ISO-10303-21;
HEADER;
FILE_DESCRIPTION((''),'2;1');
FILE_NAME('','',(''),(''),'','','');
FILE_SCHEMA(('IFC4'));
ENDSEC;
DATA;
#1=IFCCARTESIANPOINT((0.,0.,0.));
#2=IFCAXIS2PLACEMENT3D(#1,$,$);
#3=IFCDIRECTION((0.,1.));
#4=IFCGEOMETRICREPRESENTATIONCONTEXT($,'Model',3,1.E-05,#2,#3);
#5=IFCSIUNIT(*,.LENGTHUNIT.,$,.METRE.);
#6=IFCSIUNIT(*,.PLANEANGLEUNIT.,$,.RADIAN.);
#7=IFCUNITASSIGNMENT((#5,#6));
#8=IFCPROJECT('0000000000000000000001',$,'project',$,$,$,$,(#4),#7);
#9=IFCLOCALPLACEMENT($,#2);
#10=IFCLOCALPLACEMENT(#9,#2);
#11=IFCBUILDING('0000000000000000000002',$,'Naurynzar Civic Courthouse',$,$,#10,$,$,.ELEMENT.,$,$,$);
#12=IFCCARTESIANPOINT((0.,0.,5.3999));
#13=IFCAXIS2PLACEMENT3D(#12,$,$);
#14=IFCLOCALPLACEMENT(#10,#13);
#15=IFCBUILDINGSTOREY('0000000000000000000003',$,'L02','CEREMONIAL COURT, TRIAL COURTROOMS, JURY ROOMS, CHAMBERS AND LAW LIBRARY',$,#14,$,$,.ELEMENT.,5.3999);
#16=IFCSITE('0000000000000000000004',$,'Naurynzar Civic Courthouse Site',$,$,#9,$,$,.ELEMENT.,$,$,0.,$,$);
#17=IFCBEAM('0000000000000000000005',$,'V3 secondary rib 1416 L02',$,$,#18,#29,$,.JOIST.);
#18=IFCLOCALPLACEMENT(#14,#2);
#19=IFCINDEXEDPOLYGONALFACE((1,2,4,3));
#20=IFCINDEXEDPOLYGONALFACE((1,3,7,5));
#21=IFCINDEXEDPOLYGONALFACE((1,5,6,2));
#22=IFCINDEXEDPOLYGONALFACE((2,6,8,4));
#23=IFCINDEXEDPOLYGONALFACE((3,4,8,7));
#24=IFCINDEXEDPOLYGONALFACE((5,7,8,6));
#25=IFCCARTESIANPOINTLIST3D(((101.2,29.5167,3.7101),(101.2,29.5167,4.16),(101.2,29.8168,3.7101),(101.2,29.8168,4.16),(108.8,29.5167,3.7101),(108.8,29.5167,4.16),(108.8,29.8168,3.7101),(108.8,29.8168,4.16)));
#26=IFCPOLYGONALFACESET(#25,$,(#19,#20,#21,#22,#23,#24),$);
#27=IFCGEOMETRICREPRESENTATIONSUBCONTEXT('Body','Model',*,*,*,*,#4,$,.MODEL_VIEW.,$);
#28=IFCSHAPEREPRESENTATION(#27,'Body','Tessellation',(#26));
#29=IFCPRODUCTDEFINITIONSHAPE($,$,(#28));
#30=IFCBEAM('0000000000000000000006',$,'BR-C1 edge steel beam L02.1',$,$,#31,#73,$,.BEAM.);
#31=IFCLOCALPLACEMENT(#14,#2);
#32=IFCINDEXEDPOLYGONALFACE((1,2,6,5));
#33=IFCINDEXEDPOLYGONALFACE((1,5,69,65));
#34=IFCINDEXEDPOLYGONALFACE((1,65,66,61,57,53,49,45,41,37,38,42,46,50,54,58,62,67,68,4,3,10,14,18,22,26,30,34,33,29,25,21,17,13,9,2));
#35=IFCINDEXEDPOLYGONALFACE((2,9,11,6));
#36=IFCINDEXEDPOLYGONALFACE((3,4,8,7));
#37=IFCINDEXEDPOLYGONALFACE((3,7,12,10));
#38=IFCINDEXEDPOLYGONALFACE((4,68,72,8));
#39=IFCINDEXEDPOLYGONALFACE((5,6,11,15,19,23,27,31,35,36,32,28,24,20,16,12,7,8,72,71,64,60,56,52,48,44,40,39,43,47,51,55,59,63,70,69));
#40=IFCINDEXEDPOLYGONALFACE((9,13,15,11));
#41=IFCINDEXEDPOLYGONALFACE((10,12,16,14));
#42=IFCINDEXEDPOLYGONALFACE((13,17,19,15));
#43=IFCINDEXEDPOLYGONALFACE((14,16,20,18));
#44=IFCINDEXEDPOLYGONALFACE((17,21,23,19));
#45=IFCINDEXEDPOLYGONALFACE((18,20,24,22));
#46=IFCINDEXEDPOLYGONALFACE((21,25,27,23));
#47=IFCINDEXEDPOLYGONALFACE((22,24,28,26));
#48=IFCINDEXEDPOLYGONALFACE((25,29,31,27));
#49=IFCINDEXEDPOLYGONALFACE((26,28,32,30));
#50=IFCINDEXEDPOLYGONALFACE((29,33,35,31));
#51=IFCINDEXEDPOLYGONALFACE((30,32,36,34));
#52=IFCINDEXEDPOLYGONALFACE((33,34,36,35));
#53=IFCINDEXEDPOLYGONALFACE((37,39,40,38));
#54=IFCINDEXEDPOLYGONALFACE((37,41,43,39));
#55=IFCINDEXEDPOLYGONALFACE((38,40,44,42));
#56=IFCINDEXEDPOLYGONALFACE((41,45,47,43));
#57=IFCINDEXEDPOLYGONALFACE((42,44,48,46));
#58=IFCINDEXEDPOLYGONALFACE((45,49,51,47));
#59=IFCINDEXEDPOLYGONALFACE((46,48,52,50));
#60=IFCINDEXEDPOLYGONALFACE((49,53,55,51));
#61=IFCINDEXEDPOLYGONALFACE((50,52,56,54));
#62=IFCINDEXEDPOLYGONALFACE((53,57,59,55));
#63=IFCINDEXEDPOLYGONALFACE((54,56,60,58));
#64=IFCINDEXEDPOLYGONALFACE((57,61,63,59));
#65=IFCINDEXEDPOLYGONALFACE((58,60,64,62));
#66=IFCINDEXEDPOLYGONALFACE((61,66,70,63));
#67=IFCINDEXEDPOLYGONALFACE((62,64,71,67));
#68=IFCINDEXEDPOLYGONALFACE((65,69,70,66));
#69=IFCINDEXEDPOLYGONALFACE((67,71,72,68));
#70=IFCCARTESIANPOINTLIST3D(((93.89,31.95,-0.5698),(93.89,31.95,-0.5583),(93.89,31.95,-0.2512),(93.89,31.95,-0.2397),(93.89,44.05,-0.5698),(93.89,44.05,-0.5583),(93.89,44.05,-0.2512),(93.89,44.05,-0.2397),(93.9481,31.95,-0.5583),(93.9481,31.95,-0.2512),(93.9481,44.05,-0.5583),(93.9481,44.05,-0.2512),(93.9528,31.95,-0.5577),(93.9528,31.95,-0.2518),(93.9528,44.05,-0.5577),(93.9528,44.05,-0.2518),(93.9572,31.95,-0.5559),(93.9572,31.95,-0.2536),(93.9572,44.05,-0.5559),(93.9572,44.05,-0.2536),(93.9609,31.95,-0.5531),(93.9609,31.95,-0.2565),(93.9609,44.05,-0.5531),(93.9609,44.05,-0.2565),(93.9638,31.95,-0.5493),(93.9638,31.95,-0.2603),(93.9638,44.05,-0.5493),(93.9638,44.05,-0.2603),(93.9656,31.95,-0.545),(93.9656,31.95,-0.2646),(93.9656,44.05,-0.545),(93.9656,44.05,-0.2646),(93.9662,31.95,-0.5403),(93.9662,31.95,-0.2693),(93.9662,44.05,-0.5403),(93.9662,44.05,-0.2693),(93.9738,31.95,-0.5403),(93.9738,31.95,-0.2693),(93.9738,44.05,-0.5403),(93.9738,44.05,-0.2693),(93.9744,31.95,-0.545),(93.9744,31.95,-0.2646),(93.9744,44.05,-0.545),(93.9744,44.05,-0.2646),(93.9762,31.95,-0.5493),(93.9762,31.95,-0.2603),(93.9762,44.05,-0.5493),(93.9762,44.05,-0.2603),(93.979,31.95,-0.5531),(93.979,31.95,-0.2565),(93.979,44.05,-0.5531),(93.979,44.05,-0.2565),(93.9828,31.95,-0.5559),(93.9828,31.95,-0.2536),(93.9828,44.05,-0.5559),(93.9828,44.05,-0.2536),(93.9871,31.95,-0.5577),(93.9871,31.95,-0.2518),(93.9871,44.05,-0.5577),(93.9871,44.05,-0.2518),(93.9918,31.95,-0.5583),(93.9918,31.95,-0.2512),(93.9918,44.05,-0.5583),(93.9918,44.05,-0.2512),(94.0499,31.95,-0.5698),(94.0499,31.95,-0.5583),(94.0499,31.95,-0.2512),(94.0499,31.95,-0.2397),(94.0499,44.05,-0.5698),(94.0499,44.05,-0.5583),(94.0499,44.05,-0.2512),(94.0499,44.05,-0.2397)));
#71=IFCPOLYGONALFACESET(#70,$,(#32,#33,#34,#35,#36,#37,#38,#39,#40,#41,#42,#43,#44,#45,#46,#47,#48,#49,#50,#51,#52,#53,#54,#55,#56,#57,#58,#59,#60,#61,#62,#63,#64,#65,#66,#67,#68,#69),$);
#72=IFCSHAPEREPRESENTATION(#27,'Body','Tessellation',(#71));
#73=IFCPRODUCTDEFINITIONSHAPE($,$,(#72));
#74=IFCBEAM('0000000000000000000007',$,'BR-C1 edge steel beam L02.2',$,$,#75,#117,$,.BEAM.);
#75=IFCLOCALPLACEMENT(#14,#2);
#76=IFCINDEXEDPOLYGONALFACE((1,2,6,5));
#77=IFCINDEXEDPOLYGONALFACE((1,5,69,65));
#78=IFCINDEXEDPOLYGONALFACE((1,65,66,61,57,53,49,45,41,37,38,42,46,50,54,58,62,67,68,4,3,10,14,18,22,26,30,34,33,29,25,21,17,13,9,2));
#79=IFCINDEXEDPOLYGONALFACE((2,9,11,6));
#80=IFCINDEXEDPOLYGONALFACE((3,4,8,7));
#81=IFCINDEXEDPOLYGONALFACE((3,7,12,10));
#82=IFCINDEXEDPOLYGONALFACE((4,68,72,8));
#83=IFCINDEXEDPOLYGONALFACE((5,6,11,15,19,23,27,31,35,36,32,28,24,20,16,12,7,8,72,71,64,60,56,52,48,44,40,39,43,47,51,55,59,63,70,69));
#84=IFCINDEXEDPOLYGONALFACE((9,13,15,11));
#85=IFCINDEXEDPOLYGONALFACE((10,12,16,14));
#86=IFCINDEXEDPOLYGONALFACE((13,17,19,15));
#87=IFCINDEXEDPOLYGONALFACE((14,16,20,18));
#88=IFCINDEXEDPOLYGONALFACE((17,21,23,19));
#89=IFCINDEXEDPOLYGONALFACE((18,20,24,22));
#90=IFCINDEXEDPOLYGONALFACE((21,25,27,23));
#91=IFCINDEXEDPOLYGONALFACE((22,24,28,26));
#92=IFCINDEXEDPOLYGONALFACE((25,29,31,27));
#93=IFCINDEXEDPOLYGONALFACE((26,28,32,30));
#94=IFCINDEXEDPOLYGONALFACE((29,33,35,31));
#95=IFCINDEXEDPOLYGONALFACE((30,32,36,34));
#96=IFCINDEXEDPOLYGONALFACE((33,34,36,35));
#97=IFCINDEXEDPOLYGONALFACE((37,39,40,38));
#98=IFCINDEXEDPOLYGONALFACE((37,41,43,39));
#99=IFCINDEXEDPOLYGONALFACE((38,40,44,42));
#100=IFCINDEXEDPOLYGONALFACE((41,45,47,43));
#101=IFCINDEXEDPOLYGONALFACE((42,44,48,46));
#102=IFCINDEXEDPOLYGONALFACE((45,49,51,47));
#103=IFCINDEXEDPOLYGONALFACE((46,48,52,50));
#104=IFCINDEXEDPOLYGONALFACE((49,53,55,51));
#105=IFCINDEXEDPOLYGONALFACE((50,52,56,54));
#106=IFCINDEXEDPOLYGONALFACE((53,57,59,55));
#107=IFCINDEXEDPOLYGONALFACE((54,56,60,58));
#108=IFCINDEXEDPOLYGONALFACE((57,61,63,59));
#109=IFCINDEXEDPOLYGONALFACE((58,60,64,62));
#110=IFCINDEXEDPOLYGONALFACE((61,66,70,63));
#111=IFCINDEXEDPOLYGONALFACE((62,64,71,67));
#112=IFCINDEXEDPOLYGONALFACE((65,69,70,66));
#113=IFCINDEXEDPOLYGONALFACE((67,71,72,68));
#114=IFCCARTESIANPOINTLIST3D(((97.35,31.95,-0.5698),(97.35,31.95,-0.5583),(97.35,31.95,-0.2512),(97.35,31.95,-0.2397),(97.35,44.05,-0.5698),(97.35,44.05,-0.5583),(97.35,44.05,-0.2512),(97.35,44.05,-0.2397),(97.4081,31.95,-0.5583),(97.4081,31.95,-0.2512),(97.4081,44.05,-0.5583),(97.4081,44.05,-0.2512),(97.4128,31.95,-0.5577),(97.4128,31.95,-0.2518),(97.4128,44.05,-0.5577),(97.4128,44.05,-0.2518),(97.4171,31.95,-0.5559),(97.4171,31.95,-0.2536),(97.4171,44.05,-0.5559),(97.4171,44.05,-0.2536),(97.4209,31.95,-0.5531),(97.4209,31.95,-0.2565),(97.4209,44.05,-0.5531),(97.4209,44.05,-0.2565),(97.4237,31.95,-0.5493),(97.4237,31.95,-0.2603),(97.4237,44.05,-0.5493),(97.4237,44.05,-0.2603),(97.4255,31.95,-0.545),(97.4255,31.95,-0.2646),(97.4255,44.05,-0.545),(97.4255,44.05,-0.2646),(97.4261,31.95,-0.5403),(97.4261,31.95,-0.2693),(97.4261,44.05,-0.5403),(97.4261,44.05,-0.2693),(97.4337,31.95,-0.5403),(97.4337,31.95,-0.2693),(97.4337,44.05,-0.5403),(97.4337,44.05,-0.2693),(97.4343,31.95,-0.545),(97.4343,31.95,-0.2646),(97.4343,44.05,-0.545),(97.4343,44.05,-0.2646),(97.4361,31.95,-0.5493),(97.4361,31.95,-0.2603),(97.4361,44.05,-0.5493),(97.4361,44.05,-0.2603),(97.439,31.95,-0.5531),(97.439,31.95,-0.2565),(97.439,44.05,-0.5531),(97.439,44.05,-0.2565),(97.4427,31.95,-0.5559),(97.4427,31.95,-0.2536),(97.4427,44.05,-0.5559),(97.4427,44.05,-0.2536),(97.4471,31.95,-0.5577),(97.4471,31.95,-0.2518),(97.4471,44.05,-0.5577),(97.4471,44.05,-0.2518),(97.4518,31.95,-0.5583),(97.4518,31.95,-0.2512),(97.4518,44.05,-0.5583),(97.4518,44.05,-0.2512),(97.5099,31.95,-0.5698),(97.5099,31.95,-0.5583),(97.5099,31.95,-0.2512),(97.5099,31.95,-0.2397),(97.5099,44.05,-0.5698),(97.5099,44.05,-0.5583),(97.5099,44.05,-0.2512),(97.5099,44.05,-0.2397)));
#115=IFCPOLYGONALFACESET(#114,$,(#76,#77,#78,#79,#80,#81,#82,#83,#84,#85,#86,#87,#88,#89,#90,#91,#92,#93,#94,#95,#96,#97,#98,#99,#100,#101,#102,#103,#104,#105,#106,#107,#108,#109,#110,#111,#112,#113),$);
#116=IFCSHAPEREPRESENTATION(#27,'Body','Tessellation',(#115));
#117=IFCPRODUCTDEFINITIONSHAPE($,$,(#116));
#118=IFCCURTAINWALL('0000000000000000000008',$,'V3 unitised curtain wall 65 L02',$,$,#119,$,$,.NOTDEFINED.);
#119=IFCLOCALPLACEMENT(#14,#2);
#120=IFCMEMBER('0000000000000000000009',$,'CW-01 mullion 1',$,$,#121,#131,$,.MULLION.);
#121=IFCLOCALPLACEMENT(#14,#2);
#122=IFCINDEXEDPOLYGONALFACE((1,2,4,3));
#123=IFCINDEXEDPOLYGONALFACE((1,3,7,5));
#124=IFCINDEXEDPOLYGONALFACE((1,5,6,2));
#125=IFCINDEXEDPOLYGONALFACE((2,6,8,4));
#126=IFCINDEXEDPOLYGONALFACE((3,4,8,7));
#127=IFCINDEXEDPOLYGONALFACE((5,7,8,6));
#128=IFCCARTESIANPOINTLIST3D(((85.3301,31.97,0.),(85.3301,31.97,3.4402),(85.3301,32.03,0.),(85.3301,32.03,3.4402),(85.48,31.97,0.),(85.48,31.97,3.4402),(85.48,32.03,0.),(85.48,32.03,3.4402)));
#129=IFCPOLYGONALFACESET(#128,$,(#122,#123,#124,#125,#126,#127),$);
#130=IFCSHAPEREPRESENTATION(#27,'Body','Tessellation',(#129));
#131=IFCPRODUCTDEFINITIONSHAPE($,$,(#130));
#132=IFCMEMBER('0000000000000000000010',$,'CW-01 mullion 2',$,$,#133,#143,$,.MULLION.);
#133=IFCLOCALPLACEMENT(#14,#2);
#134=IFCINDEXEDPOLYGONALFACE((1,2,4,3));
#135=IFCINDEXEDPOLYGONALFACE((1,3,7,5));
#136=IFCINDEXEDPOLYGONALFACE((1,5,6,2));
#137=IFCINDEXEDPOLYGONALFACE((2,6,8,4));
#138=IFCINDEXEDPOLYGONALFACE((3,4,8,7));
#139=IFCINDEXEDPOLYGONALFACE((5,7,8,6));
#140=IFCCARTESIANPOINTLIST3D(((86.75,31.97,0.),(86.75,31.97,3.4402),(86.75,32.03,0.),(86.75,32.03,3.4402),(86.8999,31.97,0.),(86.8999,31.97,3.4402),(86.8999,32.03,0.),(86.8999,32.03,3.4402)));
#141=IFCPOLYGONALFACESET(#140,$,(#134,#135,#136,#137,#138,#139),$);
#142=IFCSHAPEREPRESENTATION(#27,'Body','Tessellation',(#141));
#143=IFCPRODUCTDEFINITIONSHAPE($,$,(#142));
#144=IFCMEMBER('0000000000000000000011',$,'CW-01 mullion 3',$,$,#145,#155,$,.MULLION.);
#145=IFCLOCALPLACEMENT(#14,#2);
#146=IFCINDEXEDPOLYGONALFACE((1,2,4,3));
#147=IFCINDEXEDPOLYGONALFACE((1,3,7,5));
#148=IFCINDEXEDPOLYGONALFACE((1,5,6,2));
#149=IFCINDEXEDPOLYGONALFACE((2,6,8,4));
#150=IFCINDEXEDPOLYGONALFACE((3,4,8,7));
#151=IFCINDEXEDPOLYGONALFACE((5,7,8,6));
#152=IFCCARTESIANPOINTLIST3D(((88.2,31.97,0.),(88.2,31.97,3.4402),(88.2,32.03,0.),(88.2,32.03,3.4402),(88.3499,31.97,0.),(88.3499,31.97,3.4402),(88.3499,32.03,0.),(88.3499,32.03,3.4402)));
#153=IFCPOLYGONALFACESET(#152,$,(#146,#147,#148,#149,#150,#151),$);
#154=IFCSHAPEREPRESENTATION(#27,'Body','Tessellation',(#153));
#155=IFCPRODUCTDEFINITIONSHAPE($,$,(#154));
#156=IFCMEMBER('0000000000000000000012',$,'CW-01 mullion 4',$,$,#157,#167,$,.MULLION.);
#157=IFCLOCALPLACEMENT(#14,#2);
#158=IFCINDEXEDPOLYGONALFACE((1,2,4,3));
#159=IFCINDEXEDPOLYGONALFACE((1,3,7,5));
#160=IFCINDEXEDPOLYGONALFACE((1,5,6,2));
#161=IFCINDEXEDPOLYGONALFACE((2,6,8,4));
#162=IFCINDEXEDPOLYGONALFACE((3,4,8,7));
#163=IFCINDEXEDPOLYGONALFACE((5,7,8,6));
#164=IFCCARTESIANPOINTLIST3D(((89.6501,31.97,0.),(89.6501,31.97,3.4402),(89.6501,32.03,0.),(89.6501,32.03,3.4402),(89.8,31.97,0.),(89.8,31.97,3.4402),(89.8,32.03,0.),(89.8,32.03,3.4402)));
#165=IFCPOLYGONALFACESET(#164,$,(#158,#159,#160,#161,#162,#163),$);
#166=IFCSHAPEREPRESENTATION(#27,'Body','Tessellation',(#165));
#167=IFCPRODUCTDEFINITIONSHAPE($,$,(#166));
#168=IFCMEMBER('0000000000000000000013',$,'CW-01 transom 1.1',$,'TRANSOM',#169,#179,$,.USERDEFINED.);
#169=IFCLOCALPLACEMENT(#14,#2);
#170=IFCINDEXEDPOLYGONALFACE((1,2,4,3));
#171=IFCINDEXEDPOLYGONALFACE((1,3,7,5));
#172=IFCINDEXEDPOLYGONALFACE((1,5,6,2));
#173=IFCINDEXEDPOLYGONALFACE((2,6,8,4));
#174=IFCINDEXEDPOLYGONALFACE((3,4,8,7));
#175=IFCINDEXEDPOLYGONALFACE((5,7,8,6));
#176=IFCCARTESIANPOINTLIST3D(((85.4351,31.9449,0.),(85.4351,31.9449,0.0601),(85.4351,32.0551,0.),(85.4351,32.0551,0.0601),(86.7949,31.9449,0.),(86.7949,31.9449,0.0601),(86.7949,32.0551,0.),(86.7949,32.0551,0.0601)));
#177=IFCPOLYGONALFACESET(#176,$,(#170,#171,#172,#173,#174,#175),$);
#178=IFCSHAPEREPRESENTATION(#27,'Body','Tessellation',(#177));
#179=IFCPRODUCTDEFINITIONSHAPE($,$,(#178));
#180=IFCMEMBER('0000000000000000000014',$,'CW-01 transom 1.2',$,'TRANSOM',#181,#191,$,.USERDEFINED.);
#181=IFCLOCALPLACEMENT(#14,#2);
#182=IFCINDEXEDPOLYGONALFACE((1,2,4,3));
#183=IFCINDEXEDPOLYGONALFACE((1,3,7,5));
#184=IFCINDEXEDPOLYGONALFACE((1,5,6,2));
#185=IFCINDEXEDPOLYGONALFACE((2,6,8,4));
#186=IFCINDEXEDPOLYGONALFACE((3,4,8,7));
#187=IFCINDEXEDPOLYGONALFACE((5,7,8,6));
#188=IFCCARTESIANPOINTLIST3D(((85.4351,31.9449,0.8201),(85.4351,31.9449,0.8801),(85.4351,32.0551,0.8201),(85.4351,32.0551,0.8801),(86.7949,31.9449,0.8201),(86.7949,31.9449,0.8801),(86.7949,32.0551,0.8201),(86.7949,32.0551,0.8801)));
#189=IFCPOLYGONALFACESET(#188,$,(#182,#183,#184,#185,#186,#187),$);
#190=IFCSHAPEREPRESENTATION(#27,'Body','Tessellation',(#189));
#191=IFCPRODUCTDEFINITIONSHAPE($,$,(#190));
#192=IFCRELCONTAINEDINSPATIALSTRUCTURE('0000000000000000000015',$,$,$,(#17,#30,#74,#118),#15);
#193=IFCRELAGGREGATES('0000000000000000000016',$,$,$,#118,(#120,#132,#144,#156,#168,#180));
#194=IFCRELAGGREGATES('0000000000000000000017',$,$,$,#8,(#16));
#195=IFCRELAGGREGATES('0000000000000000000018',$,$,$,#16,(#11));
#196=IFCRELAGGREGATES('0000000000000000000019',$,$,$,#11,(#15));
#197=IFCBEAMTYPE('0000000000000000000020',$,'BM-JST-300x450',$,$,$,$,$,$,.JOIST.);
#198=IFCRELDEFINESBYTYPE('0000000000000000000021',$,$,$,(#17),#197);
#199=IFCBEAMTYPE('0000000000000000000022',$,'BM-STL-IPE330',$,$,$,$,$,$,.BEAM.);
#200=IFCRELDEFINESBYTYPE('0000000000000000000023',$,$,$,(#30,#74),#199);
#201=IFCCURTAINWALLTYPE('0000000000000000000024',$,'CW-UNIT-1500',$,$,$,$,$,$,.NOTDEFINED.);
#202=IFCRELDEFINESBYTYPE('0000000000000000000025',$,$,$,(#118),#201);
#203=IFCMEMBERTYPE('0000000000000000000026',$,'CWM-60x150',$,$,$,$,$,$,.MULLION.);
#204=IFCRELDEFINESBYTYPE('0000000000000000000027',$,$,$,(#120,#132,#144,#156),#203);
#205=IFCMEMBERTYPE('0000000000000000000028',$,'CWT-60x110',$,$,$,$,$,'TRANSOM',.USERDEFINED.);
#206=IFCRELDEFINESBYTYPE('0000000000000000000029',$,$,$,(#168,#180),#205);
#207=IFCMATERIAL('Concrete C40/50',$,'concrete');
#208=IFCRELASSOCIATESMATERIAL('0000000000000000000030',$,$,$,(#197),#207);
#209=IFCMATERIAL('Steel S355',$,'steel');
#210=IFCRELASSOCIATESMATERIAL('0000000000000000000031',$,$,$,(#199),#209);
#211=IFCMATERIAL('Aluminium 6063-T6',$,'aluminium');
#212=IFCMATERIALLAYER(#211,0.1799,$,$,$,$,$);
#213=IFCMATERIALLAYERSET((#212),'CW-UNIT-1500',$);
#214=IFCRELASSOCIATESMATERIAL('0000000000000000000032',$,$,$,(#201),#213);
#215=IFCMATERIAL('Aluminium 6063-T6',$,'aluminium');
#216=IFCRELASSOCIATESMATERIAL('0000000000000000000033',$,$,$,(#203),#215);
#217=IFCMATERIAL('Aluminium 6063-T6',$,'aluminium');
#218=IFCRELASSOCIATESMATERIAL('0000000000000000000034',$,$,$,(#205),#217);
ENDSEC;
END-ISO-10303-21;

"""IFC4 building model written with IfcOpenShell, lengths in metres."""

from ifc_helpers import new_model, si_unit, direction, frame, origin, origin_2d, place, context, subcontext, project, spatial, rectangle, i_section, extrude, material, layer, layer_set, material_profile, profile_set, type_object, element, aggregate, save


model = new_model("IFC4")

# Units and contexts
model_context = context("Model", 3, precision=1e-05, world=origin(), true_north=direction((0.0, 1.0)))
body_context = subcontext(model_context, "Body", "Model", "MODEL_VIEW")
ifc_project = project(units=[si_unit("LENGTHUNIT", "METRE"), si_unit("PLANEANGLEUNIT", "RADIAN")], contexts=[model_context])

# Site, building, storey
site_placement = place(None, origin())
site = spatial("IfcSite", under=ifc_project, at=site_placement, Name="Naurynzar Civic Courthouse Site", CompositionType="ELEMENT", RefElevation=0.0)
building_placement = place(site_placement, origin())
building = spatial("IfcBuilding", under=site, at=building_placement, Name="Naurynzar Civic Courthouse", CompositionType="ELEMENT")
storey_placement = place(building_placement, frame((0.0, 0.0, 5.3999)))
storey = spatial("IfcBuildingStorey", under=building, at=storey_placement, Name="L02", Description="CEREMONIAL COURT, TRIAL COURTROOMS, JURY ROOMS, CHAMBERS AND LAW LIBRARY", CompositionType="ELEMENT", Elevation=5.3999)

# Beams
ifc_material_1 = material(Name="Concrete C40/50", Category="concrete")
ifc_material_profile_1 = material_profile(ifc_material_1, rectangle(XDim=0.3, YDim=0.45, at=origin_2d()), Name="RCJ 300x450")
ifc_profile_set_1 = profile_set([ifc_material_profile_1], Name="Concrete C40/50")
beam_type_1 = type_object("IfcBeamType", Name="BM-JST-300x450", PredefinedType="JOIST", material=ifc_profile_set_1)
beam_placement = place(storey_placement, frame((101.2, 29.6667, 3.9351), z_axis=(1.0, 0.0, 0.0), x_axis=(0.0, 1.0, 0.0)))
element("IfcBeam", 1, at=beam_placement, inside=storey, type_object=beam_type_1, Name="V3 secondary rib 1416 L02", PredefinedType="JOIST", context=body_context, shape_type="SweptSolid", body=[
    extrude(rectangle(XDim=0.3, YDim=0.45, at=origin_2d()), origin(), (0.0, 0.0, 1.0), 7.6001),
])
ifc_material_2 = material(Name="Steel S355", Category="steel")
ifc_material_profile_2 = material_profile(ifc_material_2, i_section(OverallWidth=0.1599, OverallDepth=0.3301, WebThickness=0.0076, FlangeThickness=0.0115, FilletRadius=0.0181, at=origin_2d()), Name="IPE 330")
ifc_profile_set_2 = profile_set([ifc_material_profile_2], Name="Steel S355")
beam_type_2 = type_object("IfcBeamType", Name="BM-STL-IPE330", PredefinedType="BEAM", material=ifc_profile_set_2)
for number, where, z_axis, x_axis, name in (
    (2, (93.97, 31.95, -0.4048), (0.0, 1.0, 0.0), (-1.0, 0.0, 0.0), "BR-C1 edge steel beam L02.1"),
    (3, (97.4299, 31.95, -0.4048), (0.0, 1.0, 0.0), (-1.0, 0.0, 0.0), "BR-C1 edge steel beam L02.2"),
):
    element("IfcBeam", number, at=place(storey_placement, frame(where, z_axis=z_axis, x_axis=x_axis)), inside=storey, type_object=beam_type_2, Name=name, PredefinedType="BEAM", context=body_context, shape_type="SweptSolid", body=[
        extrude(i_section(OverallWidth=0.1599, OverallDepth=0.3301, WebThickness=0.0076, FlangeThickness=0.0115, FilletRadius=0.0181, at=origin_2d()), origin(), (0.0, 0.0, 1.0), 12.1001),
    ])

# Curtain wall, members
ifc_material_3 = material(Name="Aluminium 6063-T6", Category="aluminium")
ifc_layer_1 = layer(ifc_material_3, 0.1799)
ifc_layer_set_1 = layer_set([ifc_layer_1], Name="CW-UNIT-1500")
curtain_wall_type = type_object("IfcCurtainWallType", Name="CW-UNIT-1500", PredefinedType="NOTDEFINED", material=ifc_layer_set_1)
curtain_wall_placement = place(storey_placement, origin())
curtain_wall = element("IfcCurtainWall", 4, at=curtain_wall_placement, inside=storey, type_object=curtain_wall_type, Name="V3 unitised curtain wall 65 L02", PredefinedType="NOTDEFINED")
ifc_material_4 = material(Name="Aluminium 6063-T6", Category="aluminium")
ifc_material_profile_3 = material_profile(ifc_material_4, rectangle(XDim=0.0601, YDim=0.1499, at=origin_2d()), Name="ALU MULLION 60x150")
ifc_profile_set_3 = profile_set([ifc_material_profile_3], Name="Aluminium 6063-T6")
member_type_1 = type_object("IfcMemberType", Name="CWM-60x150", PredefinedType="MULLION", material=ifc_profile_set_3)
member_1_placement = place(storey_placement, frame((85.405, 32.0, 0.0), z_axis=(0.0, 0.0, 1.0), x_axis=(0.0, 1.0, 0.0)))
member_1 = element("IfcMember", 5, at=member_1_placement, type_object=member_type_1, Name="CW-01 mullion 1", PredefinedType="MULLION", context=body_context, shape_type="SweptSolid", body=[
    extrude(rectangle(XDim=0.0601, YDim=0.1499, at=origin_2d()), origin(), (0.0, 0.0, 1.0), 3.4402),
])
member_2_placement = place(storey_placement, frame((86.825, 32.0, 0.0), z_axis=(0.0, 0.0, 1.0), x_axis=(0.0, 1.0, 0.0)))
member_2 = element("IfcMember", 6, at=member_2_placement, type_object=member_type_1, Name="CW-01 mullion 2", PredefinedType="MULLION", context=body_context, shape_type="SweptSolid", body=[
    extrude(rectangle(XDim=0.0601, YDim=0.1499, at=origin_2d()), origin(), (0.0, 0.0, 1.0), 3.4402),
])
member_3_placement = place(storey_placement, frame((88.2749, 32.0, 0.0), z_axis=(0.0, 0.0, 1.0), x_axis=(0.0, 1.0, 0.0)))
member_3 = element("IfcMember", 7, at=member_3_placement, type_object=member_type_1, Name="CW-01 mullion 3", PredefinedType="MULLION", context=body_context, shape_type="SweptSolid", body=[
    extrude(rectangle(XDim=0.0601, YDim=0.1499, at=origin_2d()), origin(), (0.0, 0.0, 1.0), 3.4402),
])
member_4_placement = place(storey_placement, frame((89.7251, 32.0, 0.0), z_axis=(0.0, 0.0, 1.0), x_axis=(0.0, 1.0, 0.0)))
member_4 = element("IfcMember", 8, at=member_4_placement, type_object=member_type_1, Name="CW-01 mullion 4", PredefinedType="MULLION", context=body_context, shape_type="SweptSolid", body=[
    extrude(rectangle(XDim=0.0601, YDim=0.1499, at=origin_2d()), origin(), (0.0, 0.0, 1.0), 3.4402),
])
ifc_material_5 = material(Name="Aluminium 6063-T6", Category="aluminium")
ifc_material_profile_4 = material_profile(ifc_material_5, rectangle(XDim=0.1101, YDim=0.0601, at=origin_2d()), Name="ALU TRANSOM 60x110")
ifc_profile_set_4 = profile_set([ifc_material_profile_4], Name="Aluminium 6063-T6")
member_type_2 = type_object("IfcMemberType", Name="CWT-60x110", ElementType="TRANSOM", PredefinedType="USERDEFINED", material=ifc_profile_set_4)
member_5_placement = place(storey_placement, frame((85.4351, 32.0, 0.03), z_axis=(1.0, 0.0, 0.0), x_axis=(0.0, 1.0, 0.0)))
member_5 = element("IfcMember", 9, at=member_5_placement, type_object=member_type_2, Name="CW-01 transom 1.1", ObjectType="TRANSOM", PredefinedType="USERDEFINED", context=body_context, shape_type="SweptSolid", body=[
    extrude(rectangle(XDim=0.1101, YDim=0.0601, at=origin_2d()), origin(), (0.0, 0.0, 1.0), 1.3599),
])
member_6_placement = place(storey_placement, frame((85.4351, 32.0, 0.8501), z_axis=(1.0, 0.0, 0.0), x_axis=(0.0, 1.0, 0.0)))
member_6 = element("IfcMember", 10, at=member_6_placement, type_object=member_type_2, Name="CW-01 transom 1.2", ObjectType="TRANSOM", PredefinedType="USERDEFINED", context=body_context, shape_type="SweptSolid", body=[
    extrude(rectangle(XDim=0.1101, YDim=0.0601, at=origin_2d()), origin(), (0.0, 0.0, 1.0), 1.3599),
])
aggregate(curtain_wall, [member_1, member_2, member_3, member_4, member_5, member_6])

save(model, "model.ifc")
